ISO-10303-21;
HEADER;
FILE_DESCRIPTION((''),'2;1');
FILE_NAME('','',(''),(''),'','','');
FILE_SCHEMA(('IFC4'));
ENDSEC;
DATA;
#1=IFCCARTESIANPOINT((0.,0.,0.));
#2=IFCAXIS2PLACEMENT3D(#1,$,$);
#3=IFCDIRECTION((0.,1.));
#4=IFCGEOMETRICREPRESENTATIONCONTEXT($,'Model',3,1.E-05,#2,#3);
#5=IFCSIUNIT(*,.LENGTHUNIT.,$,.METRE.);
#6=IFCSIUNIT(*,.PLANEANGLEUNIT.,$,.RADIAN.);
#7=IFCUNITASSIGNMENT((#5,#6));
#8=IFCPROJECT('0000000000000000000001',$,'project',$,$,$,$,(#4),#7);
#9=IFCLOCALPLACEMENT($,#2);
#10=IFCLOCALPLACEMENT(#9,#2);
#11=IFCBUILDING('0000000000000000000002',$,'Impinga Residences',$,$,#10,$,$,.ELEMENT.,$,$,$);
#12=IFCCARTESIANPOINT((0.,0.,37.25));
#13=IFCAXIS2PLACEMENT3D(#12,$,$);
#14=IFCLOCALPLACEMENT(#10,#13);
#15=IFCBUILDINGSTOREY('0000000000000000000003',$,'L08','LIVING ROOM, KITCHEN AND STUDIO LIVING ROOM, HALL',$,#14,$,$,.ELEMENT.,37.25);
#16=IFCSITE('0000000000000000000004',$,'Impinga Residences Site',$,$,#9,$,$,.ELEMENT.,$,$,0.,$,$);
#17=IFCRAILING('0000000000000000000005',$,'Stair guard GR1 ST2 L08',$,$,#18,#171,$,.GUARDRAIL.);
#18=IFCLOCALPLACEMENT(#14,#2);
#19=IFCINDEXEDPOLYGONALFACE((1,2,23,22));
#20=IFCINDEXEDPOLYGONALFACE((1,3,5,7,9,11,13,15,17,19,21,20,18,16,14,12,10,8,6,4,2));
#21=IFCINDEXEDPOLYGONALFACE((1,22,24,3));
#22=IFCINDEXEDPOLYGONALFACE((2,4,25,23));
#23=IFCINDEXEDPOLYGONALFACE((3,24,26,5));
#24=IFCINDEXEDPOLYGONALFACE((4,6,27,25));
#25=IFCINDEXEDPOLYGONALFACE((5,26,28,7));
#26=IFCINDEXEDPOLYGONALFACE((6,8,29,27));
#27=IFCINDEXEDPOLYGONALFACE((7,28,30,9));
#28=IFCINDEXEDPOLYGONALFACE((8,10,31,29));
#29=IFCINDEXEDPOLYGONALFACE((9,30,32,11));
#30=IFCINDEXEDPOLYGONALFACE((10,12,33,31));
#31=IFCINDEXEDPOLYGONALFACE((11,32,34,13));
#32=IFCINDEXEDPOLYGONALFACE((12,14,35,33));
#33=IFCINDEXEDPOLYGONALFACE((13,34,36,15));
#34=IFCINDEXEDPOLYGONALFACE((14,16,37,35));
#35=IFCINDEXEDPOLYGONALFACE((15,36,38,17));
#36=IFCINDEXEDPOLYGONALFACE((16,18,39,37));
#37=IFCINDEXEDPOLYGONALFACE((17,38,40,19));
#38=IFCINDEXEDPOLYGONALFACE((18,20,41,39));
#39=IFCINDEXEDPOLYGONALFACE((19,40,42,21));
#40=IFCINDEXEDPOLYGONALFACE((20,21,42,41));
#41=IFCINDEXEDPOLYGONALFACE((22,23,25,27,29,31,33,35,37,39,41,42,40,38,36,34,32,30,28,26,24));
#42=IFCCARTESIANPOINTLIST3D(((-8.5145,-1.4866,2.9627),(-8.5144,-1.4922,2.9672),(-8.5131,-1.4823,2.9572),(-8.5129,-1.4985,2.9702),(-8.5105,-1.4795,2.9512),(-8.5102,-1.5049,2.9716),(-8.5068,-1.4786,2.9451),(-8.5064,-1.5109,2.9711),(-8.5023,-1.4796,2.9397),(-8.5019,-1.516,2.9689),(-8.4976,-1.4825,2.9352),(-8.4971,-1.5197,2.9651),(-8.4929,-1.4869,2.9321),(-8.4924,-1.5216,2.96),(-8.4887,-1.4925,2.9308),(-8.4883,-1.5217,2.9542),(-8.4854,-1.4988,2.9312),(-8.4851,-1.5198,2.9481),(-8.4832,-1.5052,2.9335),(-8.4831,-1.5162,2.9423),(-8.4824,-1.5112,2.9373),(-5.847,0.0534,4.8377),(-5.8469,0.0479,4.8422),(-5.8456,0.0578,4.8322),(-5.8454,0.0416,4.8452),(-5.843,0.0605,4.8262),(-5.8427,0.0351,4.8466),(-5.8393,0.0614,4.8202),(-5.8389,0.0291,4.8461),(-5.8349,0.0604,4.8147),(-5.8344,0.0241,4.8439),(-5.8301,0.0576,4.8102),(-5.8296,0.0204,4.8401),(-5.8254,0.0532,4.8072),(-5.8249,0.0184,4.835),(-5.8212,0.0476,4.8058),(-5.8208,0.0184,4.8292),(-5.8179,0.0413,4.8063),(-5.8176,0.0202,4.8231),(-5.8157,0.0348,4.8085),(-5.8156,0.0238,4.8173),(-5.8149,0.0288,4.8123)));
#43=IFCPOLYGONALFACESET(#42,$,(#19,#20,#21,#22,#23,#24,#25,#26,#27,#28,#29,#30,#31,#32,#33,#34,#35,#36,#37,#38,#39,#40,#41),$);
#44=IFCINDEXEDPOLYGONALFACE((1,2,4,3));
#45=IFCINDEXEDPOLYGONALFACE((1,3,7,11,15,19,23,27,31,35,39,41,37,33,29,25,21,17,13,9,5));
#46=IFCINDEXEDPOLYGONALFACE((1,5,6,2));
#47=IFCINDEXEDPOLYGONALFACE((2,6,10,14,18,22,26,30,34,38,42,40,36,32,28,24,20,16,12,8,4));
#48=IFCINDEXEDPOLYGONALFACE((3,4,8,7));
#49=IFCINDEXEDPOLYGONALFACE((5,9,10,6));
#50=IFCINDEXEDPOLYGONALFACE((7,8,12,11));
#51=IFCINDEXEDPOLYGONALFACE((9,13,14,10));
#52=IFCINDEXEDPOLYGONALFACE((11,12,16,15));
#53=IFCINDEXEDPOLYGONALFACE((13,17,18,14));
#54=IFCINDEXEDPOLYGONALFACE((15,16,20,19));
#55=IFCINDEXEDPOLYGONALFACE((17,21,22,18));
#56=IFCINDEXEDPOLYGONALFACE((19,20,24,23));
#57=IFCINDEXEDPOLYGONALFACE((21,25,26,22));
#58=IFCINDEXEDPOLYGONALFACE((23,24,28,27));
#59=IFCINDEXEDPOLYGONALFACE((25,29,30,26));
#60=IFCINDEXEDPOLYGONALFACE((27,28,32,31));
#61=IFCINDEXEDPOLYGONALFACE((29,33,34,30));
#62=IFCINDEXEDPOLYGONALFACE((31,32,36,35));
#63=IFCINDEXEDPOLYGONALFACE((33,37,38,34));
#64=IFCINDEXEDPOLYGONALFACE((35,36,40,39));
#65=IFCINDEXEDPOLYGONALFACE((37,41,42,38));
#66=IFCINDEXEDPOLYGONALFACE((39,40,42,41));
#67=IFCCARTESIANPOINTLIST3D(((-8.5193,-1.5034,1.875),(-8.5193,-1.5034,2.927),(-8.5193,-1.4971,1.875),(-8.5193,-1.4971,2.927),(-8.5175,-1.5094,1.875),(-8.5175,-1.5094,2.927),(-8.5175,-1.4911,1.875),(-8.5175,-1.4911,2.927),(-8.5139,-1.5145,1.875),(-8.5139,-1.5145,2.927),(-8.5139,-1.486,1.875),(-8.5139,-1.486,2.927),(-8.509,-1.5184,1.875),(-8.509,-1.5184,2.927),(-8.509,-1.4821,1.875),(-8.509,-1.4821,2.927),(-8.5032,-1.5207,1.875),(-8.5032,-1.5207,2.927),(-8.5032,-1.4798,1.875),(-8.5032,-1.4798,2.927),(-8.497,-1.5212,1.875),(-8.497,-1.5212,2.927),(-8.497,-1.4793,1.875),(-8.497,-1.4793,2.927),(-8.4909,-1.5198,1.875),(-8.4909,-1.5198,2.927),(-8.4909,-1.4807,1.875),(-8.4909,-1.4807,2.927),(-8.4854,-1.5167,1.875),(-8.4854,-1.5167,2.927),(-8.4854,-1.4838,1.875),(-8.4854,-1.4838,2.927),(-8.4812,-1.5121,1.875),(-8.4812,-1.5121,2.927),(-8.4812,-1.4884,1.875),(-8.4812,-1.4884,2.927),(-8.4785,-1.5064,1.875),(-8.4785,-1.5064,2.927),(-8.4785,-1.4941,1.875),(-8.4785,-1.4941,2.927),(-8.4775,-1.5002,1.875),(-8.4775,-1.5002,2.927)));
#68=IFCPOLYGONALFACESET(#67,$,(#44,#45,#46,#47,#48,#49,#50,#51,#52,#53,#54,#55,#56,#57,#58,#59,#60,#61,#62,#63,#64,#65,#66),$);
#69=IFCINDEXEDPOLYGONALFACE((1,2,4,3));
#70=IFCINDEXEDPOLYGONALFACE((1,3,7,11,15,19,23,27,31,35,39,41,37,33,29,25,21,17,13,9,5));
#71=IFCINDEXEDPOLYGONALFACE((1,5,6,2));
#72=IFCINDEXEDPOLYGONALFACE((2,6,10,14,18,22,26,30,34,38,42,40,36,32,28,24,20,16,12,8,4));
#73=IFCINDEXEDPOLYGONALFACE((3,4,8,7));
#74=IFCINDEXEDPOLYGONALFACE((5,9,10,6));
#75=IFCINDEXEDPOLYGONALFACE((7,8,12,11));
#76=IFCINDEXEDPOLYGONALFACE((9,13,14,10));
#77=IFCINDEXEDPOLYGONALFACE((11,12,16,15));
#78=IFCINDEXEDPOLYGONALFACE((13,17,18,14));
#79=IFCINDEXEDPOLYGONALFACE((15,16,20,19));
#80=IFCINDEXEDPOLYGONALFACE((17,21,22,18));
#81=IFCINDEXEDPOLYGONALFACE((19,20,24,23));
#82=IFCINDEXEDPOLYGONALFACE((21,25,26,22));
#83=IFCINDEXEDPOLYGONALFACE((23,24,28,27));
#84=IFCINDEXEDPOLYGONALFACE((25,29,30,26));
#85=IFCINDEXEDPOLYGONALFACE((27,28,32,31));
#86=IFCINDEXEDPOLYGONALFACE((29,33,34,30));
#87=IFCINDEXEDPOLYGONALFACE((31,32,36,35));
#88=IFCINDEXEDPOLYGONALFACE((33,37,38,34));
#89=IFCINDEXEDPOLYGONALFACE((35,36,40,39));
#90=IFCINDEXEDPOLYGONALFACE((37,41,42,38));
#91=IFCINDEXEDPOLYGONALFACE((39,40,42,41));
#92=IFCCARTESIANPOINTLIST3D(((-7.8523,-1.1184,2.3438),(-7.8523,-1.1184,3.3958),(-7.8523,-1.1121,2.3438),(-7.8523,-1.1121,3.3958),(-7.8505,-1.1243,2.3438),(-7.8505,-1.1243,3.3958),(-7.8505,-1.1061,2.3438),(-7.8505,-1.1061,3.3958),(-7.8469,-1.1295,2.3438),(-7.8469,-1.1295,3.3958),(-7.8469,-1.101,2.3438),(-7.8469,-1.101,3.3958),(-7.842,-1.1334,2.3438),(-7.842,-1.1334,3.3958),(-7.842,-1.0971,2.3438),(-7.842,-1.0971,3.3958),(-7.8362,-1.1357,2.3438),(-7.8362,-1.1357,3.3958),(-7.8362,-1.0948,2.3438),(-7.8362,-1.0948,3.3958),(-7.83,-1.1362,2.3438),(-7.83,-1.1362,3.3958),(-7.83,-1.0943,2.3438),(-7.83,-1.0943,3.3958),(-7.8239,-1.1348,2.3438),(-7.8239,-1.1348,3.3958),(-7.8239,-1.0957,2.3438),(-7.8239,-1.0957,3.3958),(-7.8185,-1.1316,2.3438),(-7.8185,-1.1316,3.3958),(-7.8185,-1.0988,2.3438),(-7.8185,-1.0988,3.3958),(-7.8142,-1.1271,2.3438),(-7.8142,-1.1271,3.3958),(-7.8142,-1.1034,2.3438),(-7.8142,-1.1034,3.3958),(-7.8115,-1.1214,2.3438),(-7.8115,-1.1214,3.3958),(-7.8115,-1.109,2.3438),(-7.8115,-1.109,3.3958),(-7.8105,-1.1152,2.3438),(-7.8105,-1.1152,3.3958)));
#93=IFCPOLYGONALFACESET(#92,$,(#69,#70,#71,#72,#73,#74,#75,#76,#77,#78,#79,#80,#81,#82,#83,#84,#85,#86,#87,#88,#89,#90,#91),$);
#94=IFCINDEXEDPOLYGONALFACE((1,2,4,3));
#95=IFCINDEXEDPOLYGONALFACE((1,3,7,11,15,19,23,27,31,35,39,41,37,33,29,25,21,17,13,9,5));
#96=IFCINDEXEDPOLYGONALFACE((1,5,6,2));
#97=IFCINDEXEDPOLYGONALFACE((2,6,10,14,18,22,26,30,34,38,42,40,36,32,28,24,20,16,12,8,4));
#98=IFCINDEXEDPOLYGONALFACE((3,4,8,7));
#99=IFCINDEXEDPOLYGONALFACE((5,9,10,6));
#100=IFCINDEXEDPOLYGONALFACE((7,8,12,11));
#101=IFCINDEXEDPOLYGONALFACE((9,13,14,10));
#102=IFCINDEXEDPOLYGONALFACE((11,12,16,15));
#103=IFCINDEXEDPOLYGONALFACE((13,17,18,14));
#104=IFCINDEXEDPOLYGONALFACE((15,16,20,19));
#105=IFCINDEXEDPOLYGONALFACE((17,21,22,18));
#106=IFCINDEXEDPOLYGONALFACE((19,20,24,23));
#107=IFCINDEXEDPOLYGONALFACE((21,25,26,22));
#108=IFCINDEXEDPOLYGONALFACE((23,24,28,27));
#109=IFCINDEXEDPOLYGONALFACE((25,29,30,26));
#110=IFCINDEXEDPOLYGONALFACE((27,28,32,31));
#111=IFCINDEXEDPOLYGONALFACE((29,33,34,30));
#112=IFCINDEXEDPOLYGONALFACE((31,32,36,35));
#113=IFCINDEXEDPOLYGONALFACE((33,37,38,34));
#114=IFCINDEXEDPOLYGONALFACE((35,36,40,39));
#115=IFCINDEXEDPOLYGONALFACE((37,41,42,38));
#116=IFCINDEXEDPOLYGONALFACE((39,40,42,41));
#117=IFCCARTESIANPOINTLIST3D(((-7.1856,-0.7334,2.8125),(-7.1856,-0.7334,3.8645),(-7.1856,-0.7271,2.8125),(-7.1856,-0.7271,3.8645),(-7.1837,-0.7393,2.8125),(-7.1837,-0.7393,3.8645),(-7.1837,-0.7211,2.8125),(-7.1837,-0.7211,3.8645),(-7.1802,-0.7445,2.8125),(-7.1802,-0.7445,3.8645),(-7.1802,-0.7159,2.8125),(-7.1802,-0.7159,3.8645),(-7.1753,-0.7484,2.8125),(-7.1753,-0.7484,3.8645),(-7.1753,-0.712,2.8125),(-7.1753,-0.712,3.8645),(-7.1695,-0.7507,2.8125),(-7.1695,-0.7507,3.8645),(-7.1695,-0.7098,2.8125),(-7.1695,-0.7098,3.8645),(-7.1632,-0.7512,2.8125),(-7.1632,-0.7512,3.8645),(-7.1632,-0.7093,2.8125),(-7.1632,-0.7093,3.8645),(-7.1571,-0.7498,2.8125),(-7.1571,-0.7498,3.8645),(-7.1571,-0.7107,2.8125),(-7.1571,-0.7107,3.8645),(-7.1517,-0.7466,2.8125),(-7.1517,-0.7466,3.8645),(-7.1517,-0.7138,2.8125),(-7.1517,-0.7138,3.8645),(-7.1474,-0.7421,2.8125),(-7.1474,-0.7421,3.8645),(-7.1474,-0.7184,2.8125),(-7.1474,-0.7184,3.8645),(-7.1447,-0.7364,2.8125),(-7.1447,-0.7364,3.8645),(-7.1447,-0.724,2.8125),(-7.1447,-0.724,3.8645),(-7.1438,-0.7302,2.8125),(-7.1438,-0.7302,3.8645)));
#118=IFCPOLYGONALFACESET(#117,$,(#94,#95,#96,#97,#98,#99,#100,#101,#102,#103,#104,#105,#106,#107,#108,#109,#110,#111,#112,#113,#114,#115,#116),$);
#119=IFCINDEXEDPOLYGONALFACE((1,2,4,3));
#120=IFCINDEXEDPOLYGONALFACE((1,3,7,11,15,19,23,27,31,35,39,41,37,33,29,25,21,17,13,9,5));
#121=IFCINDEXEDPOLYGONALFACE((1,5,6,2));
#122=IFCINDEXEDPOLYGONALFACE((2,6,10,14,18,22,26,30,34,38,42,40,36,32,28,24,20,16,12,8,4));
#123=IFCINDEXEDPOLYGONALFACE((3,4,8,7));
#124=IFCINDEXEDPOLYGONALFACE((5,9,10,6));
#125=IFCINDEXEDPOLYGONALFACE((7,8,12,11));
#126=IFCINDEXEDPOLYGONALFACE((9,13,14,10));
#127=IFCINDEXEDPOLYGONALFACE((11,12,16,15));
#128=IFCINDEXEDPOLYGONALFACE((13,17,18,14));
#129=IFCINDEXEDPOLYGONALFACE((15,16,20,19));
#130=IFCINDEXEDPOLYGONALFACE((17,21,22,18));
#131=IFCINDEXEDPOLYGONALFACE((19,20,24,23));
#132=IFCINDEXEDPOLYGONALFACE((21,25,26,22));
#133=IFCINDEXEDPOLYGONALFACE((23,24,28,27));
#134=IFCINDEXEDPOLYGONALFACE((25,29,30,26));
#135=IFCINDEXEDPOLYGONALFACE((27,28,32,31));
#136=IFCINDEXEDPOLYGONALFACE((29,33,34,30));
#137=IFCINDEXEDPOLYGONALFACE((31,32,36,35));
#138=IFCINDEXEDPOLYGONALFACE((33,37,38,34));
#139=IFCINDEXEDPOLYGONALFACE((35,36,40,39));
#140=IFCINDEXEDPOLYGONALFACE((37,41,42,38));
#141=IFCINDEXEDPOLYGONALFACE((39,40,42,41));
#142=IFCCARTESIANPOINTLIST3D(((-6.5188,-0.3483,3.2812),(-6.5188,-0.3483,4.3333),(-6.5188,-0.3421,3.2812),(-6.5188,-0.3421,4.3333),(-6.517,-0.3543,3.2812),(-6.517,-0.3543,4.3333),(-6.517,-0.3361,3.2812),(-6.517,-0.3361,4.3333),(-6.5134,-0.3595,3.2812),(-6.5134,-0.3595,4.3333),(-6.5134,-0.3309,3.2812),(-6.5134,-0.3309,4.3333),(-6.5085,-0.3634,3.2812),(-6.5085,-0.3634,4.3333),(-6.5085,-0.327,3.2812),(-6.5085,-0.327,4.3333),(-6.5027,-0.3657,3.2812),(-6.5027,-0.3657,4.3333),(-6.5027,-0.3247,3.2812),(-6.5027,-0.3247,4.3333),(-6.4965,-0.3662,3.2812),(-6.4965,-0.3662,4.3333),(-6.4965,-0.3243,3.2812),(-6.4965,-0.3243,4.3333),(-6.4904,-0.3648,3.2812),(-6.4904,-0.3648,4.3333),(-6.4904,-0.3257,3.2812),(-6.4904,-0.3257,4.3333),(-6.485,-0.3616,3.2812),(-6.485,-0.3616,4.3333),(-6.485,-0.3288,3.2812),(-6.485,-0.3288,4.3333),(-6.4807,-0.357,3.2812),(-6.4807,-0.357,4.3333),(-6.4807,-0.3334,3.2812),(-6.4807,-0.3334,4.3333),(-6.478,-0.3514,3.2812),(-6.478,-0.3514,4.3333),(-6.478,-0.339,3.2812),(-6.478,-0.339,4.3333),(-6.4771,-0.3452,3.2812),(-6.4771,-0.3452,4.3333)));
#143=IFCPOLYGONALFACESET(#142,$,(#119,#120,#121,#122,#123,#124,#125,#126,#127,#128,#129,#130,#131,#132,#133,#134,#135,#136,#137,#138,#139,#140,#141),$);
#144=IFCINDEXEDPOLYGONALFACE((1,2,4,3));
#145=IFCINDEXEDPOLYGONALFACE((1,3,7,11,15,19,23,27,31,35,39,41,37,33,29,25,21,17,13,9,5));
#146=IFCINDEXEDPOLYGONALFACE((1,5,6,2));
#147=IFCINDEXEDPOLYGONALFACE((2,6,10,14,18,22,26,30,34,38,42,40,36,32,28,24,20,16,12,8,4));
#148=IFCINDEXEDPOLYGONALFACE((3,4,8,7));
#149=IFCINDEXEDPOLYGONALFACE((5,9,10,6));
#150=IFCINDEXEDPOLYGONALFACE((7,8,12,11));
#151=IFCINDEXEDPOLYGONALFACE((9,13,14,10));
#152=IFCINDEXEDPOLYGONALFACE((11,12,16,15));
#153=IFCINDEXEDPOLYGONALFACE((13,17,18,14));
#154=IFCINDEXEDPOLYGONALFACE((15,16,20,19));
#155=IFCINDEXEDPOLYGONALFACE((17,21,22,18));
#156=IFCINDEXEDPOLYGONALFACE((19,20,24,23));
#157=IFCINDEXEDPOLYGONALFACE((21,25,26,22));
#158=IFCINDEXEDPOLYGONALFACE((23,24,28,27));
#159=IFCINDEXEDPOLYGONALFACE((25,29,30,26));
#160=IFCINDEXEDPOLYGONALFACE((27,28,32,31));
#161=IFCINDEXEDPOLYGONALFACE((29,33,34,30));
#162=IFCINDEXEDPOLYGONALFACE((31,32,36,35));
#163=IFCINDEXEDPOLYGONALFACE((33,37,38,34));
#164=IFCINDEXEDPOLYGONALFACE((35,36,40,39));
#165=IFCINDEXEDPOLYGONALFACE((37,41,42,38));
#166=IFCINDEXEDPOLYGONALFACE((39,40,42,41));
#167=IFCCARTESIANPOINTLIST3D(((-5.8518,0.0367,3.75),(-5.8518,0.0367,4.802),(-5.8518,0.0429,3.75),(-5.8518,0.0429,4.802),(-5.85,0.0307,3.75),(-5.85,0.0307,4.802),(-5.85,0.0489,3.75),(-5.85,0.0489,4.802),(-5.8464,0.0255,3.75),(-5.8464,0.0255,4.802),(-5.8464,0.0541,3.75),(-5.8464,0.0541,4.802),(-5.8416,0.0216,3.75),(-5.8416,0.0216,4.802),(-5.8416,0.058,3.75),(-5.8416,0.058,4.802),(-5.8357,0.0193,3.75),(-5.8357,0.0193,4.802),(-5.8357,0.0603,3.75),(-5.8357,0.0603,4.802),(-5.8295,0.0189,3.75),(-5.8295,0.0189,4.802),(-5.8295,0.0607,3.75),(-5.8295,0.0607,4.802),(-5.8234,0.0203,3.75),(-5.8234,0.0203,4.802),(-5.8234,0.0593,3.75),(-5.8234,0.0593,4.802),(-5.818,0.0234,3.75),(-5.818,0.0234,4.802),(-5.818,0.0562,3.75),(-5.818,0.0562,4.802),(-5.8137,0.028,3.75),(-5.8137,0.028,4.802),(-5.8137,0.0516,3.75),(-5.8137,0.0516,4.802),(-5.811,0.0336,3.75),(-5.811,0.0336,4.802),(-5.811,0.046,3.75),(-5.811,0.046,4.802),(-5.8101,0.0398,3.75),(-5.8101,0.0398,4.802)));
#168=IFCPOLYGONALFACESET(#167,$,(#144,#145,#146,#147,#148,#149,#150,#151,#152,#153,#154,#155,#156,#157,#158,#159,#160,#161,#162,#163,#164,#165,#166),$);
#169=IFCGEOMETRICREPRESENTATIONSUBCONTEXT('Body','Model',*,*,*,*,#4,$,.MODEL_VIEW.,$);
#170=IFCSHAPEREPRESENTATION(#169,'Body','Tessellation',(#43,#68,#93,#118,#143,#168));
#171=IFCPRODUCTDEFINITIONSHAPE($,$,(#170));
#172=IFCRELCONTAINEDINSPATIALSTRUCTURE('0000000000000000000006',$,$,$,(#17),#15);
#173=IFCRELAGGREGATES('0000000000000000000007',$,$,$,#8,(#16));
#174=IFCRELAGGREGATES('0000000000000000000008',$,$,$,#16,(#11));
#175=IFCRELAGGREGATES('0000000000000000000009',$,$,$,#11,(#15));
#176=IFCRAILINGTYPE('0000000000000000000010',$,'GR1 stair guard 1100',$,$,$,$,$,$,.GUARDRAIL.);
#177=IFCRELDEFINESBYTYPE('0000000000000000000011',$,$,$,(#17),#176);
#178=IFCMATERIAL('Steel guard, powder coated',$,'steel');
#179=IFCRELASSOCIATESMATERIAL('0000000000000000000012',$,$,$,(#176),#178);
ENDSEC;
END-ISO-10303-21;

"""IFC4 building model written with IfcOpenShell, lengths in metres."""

from ifc_helpers import new_model, si_unit, direction, frame, origin, origin_2d, place, context, subcontext, project, spatial, circle, extrude, material, type_object, element, save


model = new_model("IFC4")

# Units and contexts
model_context = context("Model", 3, precision=1e-05, world=origin(), true_north=direction((0.0, 1.0)))
body_context = subcontext(model_context, "Body", "Model", "MODEL_VIEW")
ifc_project = project(units=[si_unit("LENGTHUNIT", "METRE"), si_unit("PLANEANGLEUNIT", "RADIAN")], contexts=[model_context])

# Site, building, storey
site_placement = place(None, origin())
site = spatial("IfcSite", under=ifc_project, at=site_placement, Name="Impinga Residences Site", CompositionType="ELEMENT", RefElevation=0.0)
building_placement = place(site_placement, origin())
building = spatial("IfcBuilding", under=site, at=building_placement, Name="Impinga Residences", CompositionType="ELEMENT")
storey_placement = place(building_placement, frame((0.0, 0.0, 37.25)))
storey = spatial("IfcBuildingStorey", under=building, at=storey_placement, Name="L08", Description="LIVING ROOM, KITCHEN AND STUDIO LIVING ROOM, HALL", CompositionType="ELEMENT", Elevation=37.25)

# Railing
ifc_material_1 = material(Name="Steel guard, powder coated", Category="steel")
railing_type = type_object("IfcRailingType", Name="GR1 stair guard 1100", PredefinedType="GUARDRAIL", material=ifc_material_1)
railing_placement = place(storey_placement, frame((-8.4985, -1.5002, 1.875)))
element("IfcRailing", 1, at=railing_placement, inside=storey, type_object=railing_type, Name="Stair guard GR1 ST2 L08", PredefinedType="GUARDRAIL", context=body_context, shape_type="SweptSolid", body=[
    extrude(circle(Radius=0.0239, at=origin_2d()), frame((0.0, 0.0, 1.0762), z_axis=(0.739746, 0.427084, 0.519975), x_axis=(-0.499992, 0.86603, 0.0)), (0.0, 0.0, 1.0), 3.606),
    extrude(circle(Radius=0.021, at=origin_2d()), origin(), (0.0, 0.0, 1.0), 1.052),
    extrude(circle(Radius=0.021, at=origin_2d()), frame((0.667, 0.385, 0.4688)), (0.0, 0.0, 1.0), 1.052),
    extrude(circle(Radius=0.021, at=origin_2d()), frame((1.3337, 0.77, 0.9375)), (0.0, 0.0, 1.0), 1.052),
    extrude(circle(Radius=0.021, at=origin_2d()), frame((2.0005, 1.155, 1.4062)), (0.0, 0.0, 1.0), 1.052),
    extrude(circle(Radius=0.021, at=origin_2d()), frame((2.6675, 1.54, 1.875)), (0.0, 0.0, 1.0), 1.052),
])

save(model, "model.ifc")
